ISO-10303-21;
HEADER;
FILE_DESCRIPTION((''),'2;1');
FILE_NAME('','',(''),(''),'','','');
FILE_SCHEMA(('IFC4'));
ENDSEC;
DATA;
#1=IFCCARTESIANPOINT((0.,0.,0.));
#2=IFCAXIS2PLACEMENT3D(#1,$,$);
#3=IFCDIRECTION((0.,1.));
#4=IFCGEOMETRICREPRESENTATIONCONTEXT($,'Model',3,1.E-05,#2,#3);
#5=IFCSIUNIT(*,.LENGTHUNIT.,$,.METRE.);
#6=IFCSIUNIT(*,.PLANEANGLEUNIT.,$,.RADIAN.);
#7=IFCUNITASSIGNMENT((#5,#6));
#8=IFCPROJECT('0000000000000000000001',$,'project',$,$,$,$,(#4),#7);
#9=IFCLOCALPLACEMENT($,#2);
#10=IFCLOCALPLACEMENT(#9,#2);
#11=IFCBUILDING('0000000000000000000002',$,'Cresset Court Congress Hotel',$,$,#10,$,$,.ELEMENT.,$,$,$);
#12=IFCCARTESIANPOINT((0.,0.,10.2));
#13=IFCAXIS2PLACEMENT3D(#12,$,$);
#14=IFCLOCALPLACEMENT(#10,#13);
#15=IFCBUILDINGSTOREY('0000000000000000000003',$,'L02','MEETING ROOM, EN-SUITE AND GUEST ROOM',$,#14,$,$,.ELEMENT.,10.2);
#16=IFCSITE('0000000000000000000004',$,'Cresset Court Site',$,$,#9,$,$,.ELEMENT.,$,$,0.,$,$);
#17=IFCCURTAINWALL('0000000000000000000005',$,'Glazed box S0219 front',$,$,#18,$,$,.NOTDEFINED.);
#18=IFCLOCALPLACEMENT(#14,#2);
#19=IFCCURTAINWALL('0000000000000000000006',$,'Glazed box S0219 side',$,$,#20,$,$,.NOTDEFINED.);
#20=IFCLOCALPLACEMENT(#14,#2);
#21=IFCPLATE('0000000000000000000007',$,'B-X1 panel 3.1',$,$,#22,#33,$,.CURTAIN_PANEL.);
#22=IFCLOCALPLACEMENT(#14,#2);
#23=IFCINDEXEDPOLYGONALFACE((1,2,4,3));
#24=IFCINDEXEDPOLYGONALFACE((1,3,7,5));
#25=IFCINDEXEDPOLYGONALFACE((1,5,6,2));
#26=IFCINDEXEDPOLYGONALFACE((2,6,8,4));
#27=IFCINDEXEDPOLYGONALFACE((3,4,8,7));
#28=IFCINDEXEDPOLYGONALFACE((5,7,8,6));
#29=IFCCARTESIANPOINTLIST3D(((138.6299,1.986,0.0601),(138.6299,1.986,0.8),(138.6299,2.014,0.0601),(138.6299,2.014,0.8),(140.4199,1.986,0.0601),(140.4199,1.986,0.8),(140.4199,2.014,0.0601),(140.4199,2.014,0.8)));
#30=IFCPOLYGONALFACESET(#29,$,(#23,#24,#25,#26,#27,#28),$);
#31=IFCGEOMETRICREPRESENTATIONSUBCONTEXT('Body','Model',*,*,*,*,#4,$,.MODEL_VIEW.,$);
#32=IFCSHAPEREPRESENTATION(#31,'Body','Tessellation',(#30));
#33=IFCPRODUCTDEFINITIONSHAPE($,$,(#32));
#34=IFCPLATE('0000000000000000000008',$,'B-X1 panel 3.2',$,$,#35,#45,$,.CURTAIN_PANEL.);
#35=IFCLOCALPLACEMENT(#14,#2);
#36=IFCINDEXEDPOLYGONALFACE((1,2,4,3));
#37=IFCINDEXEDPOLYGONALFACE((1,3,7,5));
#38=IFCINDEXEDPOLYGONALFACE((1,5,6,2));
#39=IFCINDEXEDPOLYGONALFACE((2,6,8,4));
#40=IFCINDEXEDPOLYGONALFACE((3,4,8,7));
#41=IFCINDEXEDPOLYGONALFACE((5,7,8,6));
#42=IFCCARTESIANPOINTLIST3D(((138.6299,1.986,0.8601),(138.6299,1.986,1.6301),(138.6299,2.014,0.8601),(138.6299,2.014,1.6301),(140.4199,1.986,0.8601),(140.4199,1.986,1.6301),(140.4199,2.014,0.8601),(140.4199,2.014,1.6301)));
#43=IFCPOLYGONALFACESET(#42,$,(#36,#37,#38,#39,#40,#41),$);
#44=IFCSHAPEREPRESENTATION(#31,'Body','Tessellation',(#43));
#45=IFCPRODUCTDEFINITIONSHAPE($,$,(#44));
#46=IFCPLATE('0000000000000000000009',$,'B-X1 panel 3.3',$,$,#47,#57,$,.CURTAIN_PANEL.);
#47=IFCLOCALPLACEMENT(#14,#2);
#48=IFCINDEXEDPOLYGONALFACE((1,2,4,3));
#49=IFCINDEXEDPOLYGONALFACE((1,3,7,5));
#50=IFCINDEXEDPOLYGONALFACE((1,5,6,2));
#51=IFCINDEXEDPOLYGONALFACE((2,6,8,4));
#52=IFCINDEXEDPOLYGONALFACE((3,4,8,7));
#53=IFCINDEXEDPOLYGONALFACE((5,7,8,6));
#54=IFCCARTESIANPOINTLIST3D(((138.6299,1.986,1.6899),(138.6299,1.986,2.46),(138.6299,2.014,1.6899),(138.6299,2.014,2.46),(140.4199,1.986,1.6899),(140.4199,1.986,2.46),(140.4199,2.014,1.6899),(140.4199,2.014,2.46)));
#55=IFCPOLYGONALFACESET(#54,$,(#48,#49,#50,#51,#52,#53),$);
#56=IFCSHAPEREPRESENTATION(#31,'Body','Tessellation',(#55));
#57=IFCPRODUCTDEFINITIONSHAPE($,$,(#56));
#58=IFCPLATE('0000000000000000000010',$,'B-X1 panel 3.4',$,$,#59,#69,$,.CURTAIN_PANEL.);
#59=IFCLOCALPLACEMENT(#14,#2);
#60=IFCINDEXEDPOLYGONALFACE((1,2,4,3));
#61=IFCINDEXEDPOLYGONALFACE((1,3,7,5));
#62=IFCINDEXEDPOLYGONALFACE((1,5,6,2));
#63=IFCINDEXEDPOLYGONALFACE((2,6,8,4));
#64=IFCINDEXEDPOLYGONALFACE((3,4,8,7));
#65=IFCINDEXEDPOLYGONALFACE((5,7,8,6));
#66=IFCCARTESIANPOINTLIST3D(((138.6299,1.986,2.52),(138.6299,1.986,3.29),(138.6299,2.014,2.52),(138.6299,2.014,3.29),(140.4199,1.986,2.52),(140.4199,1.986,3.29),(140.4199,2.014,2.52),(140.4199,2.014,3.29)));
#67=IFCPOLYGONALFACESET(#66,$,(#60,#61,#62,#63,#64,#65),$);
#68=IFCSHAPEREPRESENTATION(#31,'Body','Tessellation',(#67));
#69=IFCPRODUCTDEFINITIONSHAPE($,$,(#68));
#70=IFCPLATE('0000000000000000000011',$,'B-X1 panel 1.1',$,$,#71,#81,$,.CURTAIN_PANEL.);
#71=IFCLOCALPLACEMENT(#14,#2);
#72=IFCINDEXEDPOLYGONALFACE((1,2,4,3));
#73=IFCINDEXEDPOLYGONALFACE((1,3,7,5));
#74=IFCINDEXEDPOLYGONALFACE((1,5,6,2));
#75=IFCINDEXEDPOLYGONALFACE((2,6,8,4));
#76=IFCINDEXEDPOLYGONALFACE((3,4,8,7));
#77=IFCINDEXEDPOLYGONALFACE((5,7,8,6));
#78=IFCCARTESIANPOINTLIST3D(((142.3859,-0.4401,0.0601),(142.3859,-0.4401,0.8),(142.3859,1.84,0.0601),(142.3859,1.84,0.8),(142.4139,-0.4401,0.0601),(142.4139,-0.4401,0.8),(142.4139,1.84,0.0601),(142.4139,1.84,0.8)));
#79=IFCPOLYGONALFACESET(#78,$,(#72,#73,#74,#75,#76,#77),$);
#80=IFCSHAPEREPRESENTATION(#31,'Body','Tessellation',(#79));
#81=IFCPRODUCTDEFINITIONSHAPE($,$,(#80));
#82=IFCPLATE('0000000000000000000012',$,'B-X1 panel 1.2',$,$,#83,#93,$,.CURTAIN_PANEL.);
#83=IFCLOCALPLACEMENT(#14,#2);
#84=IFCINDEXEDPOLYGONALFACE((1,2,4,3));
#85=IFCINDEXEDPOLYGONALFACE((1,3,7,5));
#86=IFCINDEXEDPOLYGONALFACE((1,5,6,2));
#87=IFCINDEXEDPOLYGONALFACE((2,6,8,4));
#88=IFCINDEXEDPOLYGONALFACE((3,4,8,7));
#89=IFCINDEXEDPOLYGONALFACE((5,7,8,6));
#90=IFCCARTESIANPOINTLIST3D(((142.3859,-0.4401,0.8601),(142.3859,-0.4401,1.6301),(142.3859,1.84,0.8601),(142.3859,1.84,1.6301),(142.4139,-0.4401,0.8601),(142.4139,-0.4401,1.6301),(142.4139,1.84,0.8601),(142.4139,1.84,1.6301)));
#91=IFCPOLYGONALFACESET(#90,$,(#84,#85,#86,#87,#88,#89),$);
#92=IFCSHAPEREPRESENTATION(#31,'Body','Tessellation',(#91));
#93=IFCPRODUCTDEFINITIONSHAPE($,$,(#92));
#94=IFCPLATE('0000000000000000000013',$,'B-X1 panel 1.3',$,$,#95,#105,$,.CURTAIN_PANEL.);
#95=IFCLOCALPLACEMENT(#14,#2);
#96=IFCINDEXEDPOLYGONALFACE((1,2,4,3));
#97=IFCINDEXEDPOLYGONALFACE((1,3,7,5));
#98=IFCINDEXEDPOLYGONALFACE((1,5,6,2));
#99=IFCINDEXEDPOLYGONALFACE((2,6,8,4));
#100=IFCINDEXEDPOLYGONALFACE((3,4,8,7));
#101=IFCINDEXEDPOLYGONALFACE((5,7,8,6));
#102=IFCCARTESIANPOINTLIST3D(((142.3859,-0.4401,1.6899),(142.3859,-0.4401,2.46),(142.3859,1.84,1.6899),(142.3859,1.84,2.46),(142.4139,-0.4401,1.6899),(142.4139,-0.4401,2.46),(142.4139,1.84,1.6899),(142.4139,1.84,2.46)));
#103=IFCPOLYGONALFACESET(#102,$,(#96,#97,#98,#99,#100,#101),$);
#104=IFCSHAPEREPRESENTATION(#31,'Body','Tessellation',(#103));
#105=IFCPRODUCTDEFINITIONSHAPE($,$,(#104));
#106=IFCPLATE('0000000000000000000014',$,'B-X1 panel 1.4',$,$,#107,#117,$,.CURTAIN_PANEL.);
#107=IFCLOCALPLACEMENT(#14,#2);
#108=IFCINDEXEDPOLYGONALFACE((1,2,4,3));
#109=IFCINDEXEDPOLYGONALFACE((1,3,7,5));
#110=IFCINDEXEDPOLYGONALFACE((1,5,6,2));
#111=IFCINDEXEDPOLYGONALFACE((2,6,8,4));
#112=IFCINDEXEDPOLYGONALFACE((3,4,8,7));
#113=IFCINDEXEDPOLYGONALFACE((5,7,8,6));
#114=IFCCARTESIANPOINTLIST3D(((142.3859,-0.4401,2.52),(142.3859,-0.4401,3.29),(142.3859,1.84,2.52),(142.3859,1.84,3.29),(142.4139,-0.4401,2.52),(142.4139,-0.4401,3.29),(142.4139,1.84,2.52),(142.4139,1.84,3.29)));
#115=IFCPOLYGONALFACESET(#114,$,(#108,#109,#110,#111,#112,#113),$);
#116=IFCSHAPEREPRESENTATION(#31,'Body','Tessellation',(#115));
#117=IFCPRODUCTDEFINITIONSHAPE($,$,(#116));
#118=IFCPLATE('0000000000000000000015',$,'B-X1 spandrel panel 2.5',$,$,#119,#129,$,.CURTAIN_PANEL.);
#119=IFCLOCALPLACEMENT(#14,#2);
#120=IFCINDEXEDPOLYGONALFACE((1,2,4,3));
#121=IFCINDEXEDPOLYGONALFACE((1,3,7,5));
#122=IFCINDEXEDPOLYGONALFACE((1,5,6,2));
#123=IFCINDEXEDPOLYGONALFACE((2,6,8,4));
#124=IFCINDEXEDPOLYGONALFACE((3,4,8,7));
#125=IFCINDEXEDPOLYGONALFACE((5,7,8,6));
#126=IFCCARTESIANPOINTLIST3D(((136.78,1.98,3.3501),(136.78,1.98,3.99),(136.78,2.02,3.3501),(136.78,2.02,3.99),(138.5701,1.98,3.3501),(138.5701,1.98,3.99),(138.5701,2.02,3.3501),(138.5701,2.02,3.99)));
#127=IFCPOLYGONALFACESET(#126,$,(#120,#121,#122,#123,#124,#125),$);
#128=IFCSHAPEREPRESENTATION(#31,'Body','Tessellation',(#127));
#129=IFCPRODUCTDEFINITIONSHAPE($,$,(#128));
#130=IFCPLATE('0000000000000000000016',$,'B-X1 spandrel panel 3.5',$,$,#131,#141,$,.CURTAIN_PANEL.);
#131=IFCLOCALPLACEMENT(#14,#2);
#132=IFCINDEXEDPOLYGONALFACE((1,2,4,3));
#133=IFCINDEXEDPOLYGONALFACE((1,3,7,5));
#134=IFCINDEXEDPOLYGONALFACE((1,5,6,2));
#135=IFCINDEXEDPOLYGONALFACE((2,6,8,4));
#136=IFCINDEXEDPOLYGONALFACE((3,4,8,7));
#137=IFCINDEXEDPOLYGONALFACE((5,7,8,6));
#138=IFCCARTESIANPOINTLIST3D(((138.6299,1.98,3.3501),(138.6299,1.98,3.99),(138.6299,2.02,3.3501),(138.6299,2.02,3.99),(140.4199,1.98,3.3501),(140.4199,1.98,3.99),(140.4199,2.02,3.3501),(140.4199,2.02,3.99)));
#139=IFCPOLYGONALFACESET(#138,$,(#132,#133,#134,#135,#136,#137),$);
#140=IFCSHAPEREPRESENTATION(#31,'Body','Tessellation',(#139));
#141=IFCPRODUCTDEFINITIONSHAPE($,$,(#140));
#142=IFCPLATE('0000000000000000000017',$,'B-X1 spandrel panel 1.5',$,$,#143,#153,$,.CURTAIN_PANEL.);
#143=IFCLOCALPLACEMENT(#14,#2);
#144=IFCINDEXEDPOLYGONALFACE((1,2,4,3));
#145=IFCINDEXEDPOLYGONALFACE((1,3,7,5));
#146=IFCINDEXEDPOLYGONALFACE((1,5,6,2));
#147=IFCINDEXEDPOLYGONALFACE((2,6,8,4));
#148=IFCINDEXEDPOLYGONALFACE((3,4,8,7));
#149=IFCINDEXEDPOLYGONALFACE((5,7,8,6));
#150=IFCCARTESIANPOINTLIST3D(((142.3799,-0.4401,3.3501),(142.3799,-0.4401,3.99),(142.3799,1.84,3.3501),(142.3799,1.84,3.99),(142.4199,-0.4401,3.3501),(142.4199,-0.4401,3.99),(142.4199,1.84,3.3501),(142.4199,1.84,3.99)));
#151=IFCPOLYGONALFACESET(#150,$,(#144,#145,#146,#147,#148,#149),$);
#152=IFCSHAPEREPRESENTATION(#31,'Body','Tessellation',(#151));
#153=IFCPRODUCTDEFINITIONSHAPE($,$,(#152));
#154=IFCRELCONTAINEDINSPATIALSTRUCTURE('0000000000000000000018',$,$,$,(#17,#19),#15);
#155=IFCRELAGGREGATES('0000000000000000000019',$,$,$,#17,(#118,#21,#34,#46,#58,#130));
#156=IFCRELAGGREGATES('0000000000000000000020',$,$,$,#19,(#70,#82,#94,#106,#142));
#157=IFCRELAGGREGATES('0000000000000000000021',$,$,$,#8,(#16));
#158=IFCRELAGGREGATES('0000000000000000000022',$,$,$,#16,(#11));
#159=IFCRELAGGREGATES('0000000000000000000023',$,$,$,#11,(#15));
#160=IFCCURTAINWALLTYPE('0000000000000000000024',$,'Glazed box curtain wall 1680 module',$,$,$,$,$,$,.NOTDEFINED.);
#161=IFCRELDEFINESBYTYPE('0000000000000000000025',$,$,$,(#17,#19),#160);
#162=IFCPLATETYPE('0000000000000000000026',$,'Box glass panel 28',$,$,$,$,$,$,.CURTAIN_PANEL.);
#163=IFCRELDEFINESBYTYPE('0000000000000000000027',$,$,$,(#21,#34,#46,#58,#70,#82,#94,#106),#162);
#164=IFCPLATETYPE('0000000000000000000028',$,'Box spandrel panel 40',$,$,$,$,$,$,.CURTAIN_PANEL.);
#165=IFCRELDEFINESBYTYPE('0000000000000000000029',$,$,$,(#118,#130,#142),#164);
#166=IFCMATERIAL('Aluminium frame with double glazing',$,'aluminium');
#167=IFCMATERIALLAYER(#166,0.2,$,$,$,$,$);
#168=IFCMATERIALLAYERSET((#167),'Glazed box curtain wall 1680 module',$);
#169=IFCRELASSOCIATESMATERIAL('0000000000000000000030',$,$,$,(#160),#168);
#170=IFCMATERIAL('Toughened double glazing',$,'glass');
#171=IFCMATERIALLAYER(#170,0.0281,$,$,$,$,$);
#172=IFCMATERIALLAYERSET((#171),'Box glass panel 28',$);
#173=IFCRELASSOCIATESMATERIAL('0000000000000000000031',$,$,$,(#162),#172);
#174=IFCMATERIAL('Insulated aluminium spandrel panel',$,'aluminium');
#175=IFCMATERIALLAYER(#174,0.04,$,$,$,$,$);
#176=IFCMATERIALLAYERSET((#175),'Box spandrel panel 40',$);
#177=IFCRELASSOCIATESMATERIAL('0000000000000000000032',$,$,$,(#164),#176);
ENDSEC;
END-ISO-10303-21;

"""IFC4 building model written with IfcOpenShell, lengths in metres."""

from ifc_helpers import new_model, si_unit, direction, frame, origin, origin_2d, place, context, subcontext, project, spatial, rectangle, extrude, material, layer, layer_set, type_object, element, aggregate, save


model = new_model("IFC4")

# Units and contexts
model_context = context("Model", 3, precision=1e-05, world=origin(), true_north=direction((0.0, 1.0)))
body_context = subcontext(model_context, "Body", "Model", "MODEL_VIEW")
ifc_project = project(units=[si_unit("LENGTHUNIT", "METRE"), si_unit("PLANEANGLEUNIT", "RADIAN")], contexts=[model_context])

# Site, building, storey
site_placement = place(None, origin())
site = spatial("IfcSite", under=ifc_project, at=site_placement, Name="Cresset Court Site", CompositionType="ELEMENT", RefElevation=0.0)
building_placement = place(site_placement, origin())
building = spatial("IfcBuilding", under=site, at=building_placement, Name="Cresset Court Congress Hotel", CompositionType="ELEMENT")
storey_placement = place(building_placement, frame((0.0, 0.0, 10.2)))
storey = spatial("IfcBuildingStorey", under=building, at=storey_placement, Name="L02", Description="MEETING ROOM, EN-SUITE AND GUEST ROOM", CompositionType="ELEMENT", Elevation=10.2)

# Curtain wall
ifc_material_1 = material(Name="Aluminium frame with double glazing", Category="aluminium")
ifc_layer_1 = layer(ifc_material_1, 0.2)
ifc_layer_set_1 = layer_set([ifc_layer_1], Name="Glazed box curtain wall 1680 module")
curtain_wall_type = type_object("IfcCurtainWallType", Name="Glazed box curtain wall 1680 module", PredefinedType="NOTDEFINED", material=ifc_layer_set_1)
curtain_wall_1_placement = place(storey_placement, origin())
curtain_wall_1 = element("IfcCurtainWall", 1, at=curtain_wall_1_placement, inside=storey, type_object=curtain_wall_type, Name="Glazed box S0219 front", PredefinedType="NOTDEFINED")

# Curtain wall
curtain_wall_2_placement = place(storey_placement, origin())
curtain_wall_2 = element("IfcCurtainWall", 2, at=curtain_wall_2_placement, inside=storey, type_object=curtain_wall_type, Name="Glazed box S0219 side", PredefinedType="NOTDEFINED")

# Plates
ifc_material_2 = material(Name="Toughened double glazing", Category="glass")
ifc_layer_2 = layer(ifc_material_2, 0.0281)
ifc_layer_set_2 = layer_set([ifc_layer_2], Name="Box glass panel 28")
plate_type_1 = type_object("IfcPlateType", Name="Box glass panel 28", PredefinedType="CURTAIN_PANEL", material=ifc_layer_set_2)
plate_1_placement = place(storey_placement, frame((139.5249, 2.0, 0.0601), z_axis=(0.0, 0.0, 1.0), x_axis=(1.0, 0.0, 0.0)))
plate_1 = element("IfcPlate", 3, at=plate_1_placement, type_object=plate_type_1, Name="B-X1 panel 3.1", PredefinedType="CURTAIN_PANEL", context=body_context, shape_type="SweptSolid", body=[
    extrude(rectangle(XDim=1.79, YDim=0.0281, at=origin_2d()), origin(), (0.0, 0.0, 1.0), 0.74),
])
plate_2_placement = place(storey_placement, frame((139.5249, 2.0, 0.8601), z_axis=(0.0, 0.0, 1.0), x_axis=(1.0, 0.0, 0.0)))
plate_2 = element("IfcPlate", 4, at=plate_2_placement, type_object=plate_type_1, Name="B-X1 panel 3.2", PredefinedType="CURTAIN_PANEL", context=body_context, shape_type="SweptSolid", body=[
    extrude(rectangle(XDim=1.79, YDim=0.0281, at=origin_2d()), origin(), (0.0, 0.0, 1.0), 0.77),
])
plate_3_placement = place(storey_placement, frame((139.5249, 2.0, 1.6899), z_axis=(0.0, 0.0, 1.0), x_axis=(1.0, 0.0, 0.0)))
plate_3 = element("IfcPlate", 5, at=plate_3_placement, type_object=plate_type_1, Name="B-X1 panel 3.3", PredefinedType="CURTAIN_PANEL", context=body_context, shape_type="SweptSolid", body=[
    extrude(rectangle(XDim=1.79, YDim=0.0281, at=origin_2d()), origin(), (0.0, 0.0, 1.0), 0.77),
])
plate_4_placement = place(storey_placement, frame((139.5249, 2.0, 2.52), z_axis=(0.0, 0.0, 1.0), x_axis=(1.0, 0.0, 0.0)))
plate_4 = element("IfcPlate", 6, at=plate_4_placement, type_object=plate_type_1, Name="B-X1 panel 3.4", PredefinedType="CURTAIN_PANEL", context=body_context, shape_type="SweptSolid", body=[
    extrude(rectangle(XDim=1.79, YDim=0.0281, at=origin_2d()), origin(), (0.0, 0.0, 1.0), 0.77),
])
plate_5_placement = place(storey_placement, frame((142.3999, 0.7, 0.0601), z_axis=(0.0, 0.0, 1.0), x_axis=(0.0, 1.0, 0.0)))
plate_5 = element("IfcPlate", 7, at=plate_5_placement, type_object=plate_type_1, Name="B-X1 panel 1.1", PredefinedType="CURTAIN_PANEL", context=body_context, shape_type="SweptSolid", body=[
    extrude(rectangle(XDim=2.28, YDim=0.0281, at=origin_2d()), origin(), (0.0, 0.0, 1.0), 0.74),
])
plate_6_placement = place(storey_placement, frame((142.3999, 0.7, 0.8601), z_axis=(0.0, 0.0, 1.0), x_axis=(0.0, 1.0, 0.0)))
plate_6 = element("IfcPlate", 8, at=plate_6_placement, type_object=plate_type_1, Name="B-X1 panel 1.2", PredefinedType="CURTAIN_PANEL", context=body_context, shape_type="SweptSolid", body=[
    extrude(rectangle(XDim=2.28, YDim=0.0281, at=origin_2d()), origin(), (0.0, 0.0, 1.0), 0.77),
])
plate_7_placement = place(storey_placement, frame((142.3999, 0.7, 1.6899), z_axis=(0.0, 0.0, 1.0), x_axis=(0.0, 1.0, 0.0)))
plate_7 = element("IfcPlate", 9, at=plate_7_placement, type_object=plate_type_1, Name="B-X1 panel 1.3", PredefinedType="CURTAIN_PANEL", context=body_context, shape_type="SweptSolid", body=[
    extrude(rectangle(XDim=2.28, YDim=0.0281, at=origin_2d()), origin(), (0.0, 0.0, 1.0), 0.77),
])
plate_8_placement = place(storey_placement, frame((142.3999, 0.7, 2.52), z_axis=(0.0, 0.0, 1.0), x_axis=(0.0, 1.0, 0.0)))
plate_8 = element("IfcPlate", 10, at=plate_8_placement, type_object=plate_type_1, Name="B-X1 panel 1.4", PredefinedType="CURTAIN_PANEL", context=body_context, shape_type="SweptSolid", body=[
    extrude(rectangle(XDim=2.28, YDim=0.0281, at=origin_2d()), origin(), (0.0, 0.0, 1.0), 0.77),
])
ifc_material_3 = material(Name="Insulated aluminium spandrel panel", Category="aluminium")
ifc_layer_3 = layer(ifc_material_3, 0.04)
ifc_layer_set_3 = layer_set([ifc_layer_3], Name="Box spandrel panel 40")
plate_type_2 = type_object("IfcPlateType", Name="Box spandrel panel 40", PredefinedType="CURTAIN_PANEL", material=ifc_layer_set_3)
plate_9_placement = place(storey_placement, frame((137.675, 2.0, 3.3501), z_axis=(0.0, 0.0, 1.0), x_axis=(1.0, 0.0, 0.0)))
plate_9 = element("IfcPlate", 11, at=plate_9_placement, type_object=plate_type_2, Name="B-X1 spandrel panel 2.5", PredefinedType="CURTAIN_PANEL", context=body_context, shape_type="SweptSolid", body=[
    extrude(rectangle(XDim=1.79, YDim=0.04, at=origin_2d()), origin(), (0.0, 0.0, 1.0), 0.6399),
])
plate_10_placement = place(storey_placement, frame((139.5249, 2.0, 3.3501), z_axis=(0.0, 0.0, 1.0), x_axis=(1.0, 0.0, 0.0)))
plate_10 = element("IfcPlate", 12, at=plate_10_placement, type_object=plate_type_2, Name="B-X1 spandrel panel 3.5", PredefinedType="CURTAIN_PANEL", context=body_context, shape_type="SweptSolid", body=[
    extrude(rectangle(XDim=1.79, YDim=0.04, at=origin_2d()), origin(), (0.0, 0.0, 1.0), 0.6399),
])
aggregate(curtain_wall_1, [plate_9, plate_1, plate_2, plate_3, plate_4, plate_10])
plate_11_placement = place(storey_placement, frame((142.3999, 0.7, 3.3501), z_axis=(0.0, 0.0, 1.0), x_axis=(0.0, 1.0, 0.0)))
plate_11 = element("IfcPlate", 13, at=plate_11_placement, type_object=plate_type_2, Name="B-X1 spandrel panel 1.5", PredefinedType="CURTAIN_PANEL", context=body_context, shape_type="SweptSolid", body=[
    extrude(rectangle(XDim=2.28, YDim=0.04, at=origin_2d()), origin(), (0.0, 0.0, 1.0), 0.6399),
])
aggregate(curtain_wall_2, [plate_5, plate_6, plate_7, plate_8, plate_11])

save(model, "model.ifc")
